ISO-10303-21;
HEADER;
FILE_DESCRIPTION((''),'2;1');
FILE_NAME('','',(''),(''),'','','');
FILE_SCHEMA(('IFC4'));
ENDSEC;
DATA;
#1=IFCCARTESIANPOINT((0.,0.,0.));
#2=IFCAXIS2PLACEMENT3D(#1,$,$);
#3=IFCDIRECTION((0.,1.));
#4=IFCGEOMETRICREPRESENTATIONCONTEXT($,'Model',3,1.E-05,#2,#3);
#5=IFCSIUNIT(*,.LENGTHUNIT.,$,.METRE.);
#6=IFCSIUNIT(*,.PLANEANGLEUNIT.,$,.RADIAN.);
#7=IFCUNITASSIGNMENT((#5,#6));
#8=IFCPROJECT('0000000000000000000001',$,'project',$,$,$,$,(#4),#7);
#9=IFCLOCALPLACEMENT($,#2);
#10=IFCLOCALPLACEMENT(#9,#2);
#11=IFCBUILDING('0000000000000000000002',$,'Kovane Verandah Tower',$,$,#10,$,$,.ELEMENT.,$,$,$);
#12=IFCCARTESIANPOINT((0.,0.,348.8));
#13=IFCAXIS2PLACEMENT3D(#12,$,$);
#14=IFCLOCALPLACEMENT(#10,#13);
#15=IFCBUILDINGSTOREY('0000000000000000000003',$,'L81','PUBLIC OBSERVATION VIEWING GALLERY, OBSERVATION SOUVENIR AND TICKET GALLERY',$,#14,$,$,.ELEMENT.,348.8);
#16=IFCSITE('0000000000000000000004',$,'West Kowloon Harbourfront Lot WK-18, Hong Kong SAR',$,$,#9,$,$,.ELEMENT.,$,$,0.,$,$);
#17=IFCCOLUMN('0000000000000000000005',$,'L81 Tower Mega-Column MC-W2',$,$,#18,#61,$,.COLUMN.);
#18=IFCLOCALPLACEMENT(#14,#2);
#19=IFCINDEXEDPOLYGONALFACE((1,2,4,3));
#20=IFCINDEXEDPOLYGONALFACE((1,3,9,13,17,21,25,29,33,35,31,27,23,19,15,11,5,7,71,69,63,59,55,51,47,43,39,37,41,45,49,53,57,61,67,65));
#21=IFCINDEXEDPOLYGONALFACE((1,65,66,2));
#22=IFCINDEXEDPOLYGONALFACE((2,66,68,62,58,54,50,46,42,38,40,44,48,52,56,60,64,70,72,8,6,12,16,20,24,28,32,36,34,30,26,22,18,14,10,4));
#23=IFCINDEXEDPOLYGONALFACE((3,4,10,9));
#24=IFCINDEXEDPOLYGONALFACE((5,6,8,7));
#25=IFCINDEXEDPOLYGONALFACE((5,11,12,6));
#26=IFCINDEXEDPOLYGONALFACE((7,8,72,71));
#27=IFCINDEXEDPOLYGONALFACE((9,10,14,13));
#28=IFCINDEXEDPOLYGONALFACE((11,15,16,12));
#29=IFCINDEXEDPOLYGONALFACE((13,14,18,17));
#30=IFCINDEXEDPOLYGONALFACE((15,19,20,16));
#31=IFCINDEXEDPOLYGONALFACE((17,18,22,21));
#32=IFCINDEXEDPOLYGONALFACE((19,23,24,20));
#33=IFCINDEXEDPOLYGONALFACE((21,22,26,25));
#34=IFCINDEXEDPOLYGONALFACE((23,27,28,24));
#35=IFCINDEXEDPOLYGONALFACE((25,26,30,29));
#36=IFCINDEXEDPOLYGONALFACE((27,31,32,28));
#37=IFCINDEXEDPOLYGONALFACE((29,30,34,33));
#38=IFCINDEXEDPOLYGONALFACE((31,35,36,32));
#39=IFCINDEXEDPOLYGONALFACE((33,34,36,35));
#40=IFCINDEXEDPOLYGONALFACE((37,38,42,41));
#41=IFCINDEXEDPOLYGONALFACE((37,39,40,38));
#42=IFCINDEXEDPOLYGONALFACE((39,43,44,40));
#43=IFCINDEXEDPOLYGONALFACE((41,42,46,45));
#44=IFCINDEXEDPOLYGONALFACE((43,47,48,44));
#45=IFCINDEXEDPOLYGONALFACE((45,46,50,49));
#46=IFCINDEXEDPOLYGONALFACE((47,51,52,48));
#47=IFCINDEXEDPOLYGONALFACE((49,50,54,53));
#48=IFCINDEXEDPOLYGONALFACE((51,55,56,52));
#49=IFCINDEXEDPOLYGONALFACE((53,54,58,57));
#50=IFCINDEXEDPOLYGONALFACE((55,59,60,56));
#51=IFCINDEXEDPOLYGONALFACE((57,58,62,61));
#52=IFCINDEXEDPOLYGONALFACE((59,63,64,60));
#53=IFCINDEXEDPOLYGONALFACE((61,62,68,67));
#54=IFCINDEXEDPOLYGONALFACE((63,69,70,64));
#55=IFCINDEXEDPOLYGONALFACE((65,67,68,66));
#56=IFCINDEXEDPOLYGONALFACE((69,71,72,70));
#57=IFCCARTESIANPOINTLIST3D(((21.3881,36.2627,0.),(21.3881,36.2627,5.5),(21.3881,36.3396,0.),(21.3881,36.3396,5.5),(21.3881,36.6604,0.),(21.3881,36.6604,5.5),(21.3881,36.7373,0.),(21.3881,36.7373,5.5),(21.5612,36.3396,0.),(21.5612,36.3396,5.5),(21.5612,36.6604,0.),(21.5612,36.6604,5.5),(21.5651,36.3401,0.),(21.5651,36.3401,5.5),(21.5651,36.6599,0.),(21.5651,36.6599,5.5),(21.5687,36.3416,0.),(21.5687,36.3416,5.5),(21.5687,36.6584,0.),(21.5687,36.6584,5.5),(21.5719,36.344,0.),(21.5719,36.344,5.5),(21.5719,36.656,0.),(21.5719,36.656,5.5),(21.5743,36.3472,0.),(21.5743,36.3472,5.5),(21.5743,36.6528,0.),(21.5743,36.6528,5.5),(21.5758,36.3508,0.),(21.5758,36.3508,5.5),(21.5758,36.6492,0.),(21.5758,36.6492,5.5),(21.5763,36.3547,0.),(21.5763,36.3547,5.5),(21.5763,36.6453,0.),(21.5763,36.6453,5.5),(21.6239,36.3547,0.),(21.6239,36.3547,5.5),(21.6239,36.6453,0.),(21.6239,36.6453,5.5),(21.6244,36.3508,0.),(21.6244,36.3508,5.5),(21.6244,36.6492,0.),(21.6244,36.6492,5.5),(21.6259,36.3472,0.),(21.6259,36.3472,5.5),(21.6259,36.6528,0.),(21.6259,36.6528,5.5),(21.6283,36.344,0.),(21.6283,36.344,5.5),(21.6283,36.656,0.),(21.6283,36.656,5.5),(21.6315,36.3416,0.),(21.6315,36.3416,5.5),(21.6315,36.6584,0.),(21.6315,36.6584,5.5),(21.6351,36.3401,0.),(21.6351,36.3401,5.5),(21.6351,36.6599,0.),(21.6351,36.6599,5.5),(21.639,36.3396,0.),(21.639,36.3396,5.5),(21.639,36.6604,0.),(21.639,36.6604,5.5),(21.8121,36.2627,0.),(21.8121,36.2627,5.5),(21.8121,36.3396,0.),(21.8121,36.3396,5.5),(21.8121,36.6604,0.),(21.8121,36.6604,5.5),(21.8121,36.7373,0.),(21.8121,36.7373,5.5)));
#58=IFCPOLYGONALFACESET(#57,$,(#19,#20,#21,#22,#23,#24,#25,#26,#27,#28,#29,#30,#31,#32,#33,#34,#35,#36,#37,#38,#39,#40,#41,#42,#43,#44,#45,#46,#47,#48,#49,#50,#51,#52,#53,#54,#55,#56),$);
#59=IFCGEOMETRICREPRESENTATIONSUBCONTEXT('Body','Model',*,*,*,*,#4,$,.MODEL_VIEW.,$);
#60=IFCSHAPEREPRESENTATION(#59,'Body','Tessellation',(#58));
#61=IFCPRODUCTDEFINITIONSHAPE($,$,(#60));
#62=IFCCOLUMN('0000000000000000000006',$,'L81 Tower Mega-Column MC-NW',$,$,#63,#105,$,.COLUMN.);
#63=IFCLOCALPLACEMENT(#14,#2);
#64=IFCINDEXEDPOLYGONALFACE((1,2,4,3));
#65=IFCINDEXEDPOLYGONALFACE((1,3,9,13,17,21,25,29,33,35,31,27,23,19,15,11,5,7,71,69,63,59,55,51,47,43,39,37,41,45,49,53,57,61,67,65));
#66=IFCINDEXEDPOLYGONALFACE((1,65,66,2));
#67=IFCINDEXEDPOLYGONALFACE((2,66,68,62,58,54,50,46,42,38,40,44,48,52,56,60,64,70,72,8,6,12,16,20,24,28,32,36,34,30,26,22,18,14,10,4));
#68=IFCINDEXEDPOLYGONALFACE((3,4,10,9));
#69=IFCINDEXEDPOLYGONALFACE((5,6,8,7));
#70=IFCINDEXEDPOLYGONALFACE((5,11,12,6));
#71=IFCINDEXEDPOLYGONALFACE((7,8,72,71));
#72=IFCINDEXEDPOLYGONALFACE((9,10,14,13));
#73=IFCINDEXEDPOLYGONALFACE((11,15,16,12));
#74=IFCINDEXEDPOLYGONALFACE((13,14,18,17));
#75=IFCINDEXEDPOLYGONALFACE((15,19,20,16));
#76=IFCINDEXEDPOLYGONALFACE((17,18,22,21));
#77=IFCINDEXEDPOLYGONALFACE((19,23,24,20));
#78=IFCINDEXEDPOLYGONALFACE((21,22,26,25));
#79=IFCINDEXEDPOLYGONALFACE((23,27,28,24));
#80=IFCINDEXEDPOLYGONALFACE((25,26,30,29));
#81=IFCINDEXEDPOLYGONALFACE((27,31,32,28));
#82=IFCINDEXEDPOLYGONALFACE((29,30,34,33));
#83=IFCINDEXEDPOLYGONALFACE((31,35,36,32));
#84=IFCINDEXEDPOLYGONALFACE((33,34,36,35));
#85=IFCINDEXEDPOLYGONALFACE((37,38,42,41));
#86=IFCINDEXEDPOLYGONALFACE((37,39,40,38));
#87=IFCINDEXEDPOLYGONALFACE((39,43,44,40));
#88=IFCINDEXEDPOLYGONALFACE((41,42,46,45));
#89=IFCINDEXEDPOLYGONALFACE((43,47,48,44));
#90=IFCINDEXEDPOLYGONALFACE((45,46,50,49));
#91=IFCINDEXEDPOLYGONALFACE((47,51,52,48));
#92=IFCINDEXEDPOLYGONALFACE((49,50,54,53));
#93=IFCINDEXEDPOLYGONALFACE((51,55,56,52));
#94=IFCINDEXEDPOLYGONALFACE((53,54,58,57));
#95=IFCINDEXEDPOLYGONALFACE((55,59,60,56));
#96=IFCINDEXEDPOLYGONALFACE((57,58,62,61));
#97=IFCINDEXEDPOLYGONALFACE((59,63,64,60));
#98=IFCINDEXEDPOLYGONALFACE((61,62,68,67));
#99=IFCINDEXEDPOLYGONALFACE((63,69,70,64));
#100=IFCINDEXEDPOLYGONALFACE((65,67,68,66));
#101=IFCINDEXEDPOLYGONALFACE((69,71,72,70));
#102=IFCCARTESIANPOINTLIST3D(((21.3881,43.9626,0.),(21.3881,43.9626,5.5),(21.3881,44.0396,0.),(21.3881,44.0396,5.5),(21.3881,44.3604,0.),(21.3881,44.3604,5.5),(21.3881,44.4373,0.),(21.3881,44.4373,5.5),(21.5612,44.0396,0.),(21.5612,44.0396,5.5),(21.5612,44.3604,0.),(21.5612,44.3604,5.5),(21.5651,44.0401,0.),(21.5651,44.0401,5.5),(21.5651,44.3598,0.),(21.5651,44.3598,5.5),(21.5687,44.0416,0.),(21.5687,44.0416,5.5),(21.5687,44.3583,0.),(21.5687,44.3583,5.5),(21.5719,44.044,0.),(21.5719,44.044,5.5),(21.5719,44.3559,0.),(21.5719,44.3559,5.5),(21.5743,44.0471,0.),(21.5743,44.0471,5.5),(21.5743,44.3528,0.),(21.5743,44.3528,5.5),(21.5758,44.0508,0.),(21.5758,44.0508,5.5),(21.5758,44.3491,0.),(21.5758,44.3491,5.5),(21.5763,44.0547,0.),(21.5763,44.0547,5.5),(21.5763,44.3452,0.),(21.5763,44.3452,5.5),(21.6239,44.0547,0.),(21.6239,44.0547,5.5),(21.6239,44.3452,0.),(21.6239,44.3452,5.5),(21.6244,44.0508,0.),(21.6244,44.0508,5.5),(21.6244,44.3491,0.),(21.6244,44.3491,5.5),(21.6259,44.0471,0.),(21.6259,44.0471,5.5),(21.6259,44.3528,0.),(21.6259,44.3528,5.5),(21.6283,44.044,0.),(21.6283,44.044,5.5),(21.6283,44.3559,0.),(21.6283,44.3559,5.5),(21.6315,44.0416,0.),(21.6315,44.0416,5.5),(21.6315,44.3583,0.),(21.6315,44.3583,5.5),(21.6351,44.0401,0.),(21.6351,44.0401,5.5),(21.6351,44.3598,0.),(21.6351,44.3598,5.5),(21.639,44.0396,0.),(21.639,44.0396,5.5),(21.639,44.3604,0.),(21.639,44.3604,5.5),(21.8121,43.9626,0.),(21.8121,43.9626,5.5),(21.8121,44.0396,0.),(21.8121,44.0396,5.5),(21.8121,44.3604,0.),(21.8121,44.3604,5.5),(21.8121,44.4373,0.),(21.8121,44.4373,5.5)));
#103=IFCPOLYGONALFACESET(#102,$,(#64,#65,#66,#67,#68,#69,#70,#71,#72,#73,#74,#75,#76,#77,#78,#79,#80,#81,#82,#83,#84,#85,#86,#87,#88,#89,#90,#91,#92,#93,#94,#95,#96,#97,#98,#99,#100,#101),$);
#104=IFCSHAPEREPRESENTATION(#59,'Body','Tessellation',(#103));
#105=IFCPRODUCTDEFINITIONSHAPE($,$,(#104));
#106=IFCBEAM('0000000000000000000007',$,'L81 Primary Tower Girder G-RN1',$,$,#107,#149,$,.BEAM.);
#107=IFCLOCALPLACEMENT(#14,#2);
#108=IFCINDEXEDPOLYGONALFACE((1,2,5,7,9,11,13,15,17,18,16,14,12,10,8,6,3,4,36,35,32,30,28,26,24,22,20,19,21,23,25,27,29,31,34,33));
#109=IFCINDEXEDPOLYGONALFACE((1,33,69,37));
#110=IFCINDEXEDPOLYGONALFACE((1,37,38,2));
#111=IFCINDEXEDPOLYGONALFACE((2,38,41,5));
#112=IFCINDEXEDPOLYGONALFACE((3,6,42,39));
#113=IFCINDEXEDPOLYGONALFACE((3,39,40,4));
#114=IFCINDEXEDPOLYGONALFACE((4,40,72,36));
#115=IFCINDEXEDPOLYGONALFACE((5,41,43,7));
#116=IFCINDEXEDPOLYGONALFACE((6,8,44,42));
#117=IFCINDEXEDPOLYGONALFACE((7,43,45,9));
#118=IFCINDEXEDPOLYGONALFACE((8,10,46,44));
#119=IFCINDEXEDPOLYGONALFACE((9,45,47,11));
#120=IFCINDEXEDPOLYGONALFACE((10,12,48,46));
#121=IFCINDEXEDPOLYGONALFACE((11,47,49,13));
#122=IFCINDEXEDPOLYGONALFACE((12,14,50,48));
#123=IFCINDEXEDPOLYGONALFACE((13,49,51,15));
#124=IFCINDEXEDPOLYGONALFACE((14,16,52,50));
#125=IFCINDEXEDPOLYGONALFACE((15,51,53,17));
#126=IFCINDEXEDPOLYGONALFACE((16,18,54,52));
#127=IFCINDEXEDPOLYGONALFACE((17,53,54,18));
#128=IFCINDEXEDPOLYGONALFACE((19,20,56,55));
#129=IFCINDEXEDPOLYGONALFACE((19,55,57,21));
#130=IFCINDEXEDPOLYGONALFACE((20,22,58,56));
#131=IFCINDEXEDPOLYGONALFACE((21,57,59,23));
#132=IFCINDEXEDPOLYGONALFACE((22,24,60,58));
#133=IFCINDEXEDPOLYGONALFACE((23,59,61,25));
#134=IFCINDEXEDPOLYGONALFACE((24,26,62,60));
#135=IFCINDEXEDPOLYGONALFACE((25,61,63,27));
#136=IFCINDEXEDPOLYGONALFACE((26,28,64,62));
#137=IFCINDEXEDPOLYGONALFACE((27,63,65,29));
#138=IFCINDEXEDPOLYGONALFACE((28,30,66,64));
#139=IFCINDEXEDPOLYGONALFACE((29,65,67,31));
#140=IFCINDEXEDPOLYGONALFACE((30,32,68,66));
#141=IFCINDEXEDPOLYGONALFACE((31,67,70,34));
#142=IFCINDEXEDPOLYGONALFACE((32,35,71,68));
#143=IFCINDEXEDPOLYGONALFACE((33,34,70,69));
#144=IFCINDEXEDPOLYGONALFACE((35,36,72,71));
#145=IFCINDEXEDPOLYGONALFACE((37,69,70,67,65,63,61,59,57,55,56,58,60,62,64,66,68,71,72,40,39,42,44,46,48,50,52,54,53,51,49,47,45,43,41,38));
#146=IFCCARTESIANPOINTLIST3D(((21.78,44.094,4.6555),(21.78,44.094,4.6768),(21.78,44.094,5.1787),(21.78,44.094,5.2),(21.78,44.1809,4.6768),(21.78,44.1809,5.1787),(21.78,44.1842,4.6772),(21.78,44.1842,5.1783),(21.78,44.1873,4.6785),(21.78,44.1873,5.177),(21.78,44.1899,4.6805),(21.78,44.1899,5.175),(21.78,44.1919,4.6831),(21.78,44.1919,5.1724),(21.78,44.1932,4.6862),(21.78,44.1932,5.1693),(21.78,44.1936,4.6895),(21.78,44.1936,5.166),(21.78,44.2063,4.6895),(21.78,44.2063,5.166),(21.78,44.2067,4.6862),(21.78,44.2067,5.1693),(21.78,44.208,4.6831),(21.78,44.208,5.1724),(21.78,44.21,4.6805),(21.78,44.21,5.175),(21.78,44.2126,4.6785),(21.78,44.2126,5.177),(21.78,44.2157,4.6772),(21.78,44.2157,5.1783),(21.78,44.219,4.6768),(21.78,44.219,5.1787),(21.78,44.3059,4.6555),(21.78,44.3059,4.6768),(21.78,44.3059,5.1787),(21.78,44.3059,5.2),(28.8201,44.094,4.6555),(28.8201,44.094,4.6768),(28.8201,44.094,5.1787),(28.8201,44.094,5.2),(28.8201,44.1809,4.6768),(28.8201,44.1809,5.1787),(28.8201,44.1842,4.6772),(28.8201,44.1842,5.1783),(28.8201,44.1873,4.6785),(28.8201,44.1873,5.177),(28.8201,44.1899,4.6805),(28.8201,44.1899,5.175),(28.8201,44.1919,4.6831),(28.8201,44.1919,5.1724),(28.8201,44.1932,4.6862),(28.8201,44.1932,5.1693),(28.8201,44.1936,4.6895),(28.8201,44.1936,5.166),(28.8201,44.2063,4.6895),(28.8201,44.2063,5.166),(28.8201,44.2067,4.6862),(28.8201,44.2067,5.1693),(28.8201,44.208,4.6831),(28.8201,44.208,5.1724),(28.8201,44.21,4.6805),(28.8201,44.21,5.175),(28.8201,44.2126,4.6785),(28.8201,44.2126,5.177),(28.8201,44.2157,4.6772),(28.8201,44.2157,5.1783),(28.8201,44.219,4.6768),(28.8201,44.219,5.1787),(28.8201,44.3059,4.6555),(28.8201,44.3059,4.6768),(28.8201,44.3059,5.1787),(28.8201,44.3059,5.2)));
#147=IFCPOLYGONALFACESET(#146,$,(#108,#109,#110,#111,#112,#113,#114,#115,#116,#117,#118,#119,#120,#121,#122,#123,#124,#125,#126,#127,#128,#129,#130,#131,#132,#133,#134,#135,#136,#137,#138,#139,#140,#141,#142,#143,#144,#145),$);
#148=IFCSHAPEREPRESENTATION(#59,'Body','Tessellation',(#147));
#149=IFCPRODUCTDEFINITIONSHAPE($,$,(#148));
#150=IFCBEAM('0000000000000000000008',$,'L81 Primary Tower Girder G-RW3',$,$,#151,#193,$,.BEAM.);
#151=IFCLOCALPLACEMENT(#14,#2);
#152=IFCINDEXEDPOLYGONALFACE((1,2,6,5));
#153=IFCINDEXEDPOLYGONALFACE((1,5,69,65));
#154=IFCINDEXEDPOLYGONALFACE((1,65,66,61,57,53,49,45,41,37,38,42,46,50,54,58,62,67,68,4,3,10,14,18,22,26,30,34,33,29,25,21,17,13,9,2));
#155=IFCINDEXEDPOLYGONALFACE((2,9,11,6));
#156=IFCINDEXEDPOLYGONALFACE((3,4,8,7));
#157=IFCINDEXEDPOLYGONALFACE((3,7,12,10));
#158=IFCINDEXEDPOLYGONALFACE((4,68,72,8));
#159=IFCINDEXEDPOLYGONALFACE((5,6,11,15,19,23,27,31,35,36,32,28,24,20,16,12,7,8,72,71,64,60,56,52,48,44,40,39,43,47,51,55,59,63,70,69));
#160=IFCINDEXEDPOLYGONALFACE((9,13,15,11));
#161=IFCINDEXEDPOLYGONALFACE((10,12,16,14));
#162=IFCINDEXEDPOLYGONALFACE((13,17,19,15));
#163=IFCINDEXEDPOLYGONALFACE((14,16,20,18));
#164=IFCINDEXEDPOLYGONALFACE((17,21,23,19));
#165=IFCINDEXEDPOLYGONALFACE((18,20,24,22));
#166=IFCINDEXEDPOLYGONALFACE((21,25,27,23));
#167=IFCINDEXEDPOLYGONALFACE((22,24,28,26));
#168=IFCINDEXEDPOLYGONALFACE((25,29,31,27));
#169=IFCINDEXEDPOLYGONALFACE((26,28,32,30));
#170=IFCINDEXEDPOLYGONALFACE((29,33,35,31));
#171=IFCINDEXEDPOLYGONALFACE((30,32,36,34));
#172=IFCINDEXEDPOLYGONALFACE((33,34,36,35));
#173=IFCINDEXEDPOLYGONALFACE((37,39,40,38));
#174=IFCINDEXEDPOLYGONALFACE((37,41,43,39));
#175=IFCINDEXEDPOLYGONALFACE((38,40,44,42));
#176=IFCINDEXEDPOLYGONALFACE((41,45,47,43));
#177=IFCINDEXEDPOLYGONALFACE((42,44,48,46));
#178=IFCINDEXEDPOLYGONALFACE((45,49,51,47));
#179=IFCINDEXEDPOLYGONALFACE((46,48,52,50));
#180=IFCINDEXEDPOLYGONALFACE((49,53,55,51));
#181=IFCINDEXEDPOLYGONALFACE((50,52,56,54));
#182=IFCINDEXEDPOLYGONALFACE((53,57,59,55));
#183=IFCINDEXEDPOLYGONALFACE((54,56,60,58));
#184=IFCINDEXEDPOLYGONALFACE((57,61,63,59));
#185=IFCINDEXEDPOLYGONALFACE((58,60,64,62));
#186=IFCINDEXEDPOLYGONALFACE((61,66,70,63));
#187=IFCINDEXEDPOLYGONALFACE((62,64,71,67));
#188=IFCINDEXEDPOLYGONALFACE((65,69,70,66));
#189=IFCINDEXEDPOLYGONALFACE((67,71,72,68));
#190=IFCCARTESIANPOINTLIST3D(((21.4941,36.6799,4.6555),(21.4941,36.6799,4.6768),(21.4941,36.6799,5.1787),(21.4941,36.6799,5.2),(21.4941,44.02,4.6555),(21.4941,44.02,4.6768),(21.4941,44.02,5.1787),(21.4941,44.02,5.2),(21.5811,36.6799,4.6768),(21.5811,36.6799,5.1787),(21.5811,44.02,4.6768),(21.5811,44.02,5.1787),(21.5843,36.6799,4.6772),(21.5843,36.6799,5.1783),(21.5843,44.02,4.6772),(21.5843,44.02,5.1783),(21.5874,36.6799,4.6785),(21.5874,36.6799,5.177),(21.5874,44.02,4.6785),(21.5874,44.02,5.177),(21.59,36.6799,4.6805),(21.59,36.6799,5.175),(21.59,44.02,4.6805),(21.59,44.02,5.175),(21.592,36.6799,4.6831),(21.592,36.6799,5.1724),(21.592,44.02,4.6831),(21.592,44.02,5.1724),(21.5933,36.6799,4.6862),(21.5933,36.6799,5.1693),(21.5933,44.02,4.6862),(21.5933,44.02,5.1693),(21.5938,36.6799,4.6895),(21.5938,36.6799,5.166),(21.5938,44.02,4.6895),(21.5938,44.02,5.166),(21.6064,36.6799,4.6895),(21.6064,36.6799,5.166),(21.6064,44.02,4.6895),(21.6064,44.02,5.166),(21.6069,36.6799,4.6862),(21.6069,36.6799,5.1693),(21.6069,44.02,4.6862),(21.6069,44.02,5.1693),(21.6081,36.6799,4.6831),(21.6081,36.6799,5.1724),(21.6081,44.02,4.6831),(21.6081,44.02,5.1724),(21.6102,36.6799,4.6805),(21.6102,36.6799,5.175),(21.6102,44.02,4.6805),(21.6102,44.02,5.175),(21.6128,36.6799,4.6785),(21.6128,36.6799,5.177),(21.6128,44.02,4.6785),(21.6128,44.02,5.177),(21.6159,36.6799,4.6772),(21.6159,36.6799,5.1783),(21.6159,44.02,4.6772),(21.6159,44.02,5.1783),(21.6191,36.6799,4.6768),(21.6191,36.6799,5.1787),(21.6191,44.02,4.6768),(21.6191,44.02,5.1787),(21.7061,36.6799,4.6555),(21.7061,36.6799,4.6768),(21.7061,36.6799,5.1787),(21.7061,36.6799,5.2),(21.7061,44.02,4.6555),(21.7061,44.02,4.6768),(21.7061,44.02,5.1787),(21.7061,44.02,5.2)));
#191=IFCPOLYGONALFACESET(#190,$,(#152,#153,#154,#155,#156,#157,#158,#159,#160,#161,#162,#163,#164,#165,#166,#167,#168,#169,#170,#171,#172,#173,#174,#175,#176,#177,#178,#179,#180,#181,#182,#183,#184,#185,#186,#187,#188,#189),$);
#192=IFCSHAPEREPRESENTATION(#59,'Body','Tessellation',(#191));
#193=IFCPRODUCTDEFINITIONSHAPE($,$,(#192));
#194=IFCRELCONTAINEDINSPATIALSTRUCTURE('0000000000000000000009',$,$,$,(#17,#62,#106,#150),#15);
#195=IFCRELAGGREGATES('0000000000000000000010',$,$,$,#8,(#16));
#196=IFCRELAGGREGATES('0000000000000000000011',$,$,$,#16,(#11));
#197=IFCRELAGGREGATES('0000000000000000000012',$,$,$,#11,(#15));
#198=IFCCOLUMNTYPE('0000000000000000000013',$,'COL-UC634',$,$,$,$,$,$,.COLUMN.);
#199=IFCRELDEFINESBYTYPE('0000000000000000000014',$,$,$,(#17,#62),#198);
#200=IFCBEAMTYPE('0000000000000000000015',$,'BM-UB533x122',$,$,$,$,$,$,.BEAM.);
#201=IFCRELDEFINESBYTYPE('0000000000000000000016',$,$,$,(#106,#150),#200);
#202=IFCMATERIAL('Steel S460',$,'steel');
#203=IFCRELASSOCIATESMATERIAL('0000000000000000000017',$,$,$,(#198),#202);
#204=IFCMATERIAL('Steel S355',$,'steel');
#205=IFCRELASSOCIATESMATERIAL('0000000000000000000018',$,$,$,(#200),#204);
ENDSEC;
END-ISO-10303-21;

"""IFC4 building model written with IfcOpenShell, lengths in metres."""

from ifc_helpers import new_model, si_unit, direction, frame, origin, origin_2d, place, context, subcontext, project, spatial, i_section, extrude, material, material_profile, profile_set, type_object, element, save


model = new_model("IFC4")

# Units and contexts
model_context = context("Model", 3, precision=1e-05, world=origin(), true_north=direction((0.0, 1.0)))
body_context = subcontext(model_context, "Body", "Model", "MODEL_VIEW")
ifc_project = project(units=[si_unit("LENGTHUNIT", "METRE"), si_unit("PLANEANGLEUNIT", "RADIAN")], contexts=[model_context])

# Site, building, storey
site_placement = place(None, origin())
site = spatial("IfcSite", under=ifc_project, at=site_placement, Name="West Kowloon Harbourfront Lot WK-18, Hong Kong SAR", CompositionType="ELEMENT", RefElevation=0.0)
building_placement = place(site_placement, origin())
building = spatial("IfcBuilding", under=site, at=building_placement, Name="Kovane Verandah Tower", CompositionType="ELEMENT")
storey_placement = place(building_placement, frame((0.0, 0.0, 348.8)))
storey = spatial("IfcBuildingStorey", under=building, at=storey_placement, Name="L81", Description="PUBLIC OBSERVATION VIEWING GALLERY, OBSERVATION SOUVENIR AND TICKET GALLERY", CompositionType="ELEMENT", Elevation=348.8)

# Columns
ifc_material_1 = material(Name="Steel S460", Category="steel")
ifc_material_profile_1 = material_profile(ifc_material_1, i_section(OverallWidth=0.4241, OverallDepth=0.4746, WebThickness=0.0476, FlangeThickness=0.0769, FilletRadius=0.0151, at=origin_2d()), Name="UC356x406x634")
ifc_profile_set_1 = profile_set([ifc_material_profile_1], Name="Steel S460")
column_type = type_object("IfcColumnType", Name="COL-UC634", PredefinedType="COLUMN", material=ifc_profile_set_1)
for number, where, z_axis, x_axis, name in (
    (1, (21.6001, 36.5, 0.0), (0.0, 0.0, 1.0), (1.0, 0.0, 0.0), "L81 Tower Mega-Column MC-W2"),
    (2, (21.6001, 44.2, 0.0), (0.0, 0.0, 1.0), (1.0, 0.0, 0.0), "L81 Tower Mega-Column MC-NW"),
):
    element("IfcColumn", number, at=place(storey_placement, frame(where, z_axis=z_axis, x_axis=x_axis)), inside=storey, type_object=column_type, Name=name, PredefinedType="COLUMN", context=body_context, shape_type="SweptSolid", body=[
        extrude(i_section(OverallWidth=0.4241, OverallDepth=0.4746, WebThickness=0.0476, FlangeThickness=0.0769, FilletRadius=0.0151, at=origin_2d()), origin(), (0.0, 0.0, 1.0), 5.5),
    ])

# Beams
ifc_material_2 = material(Name="Steel S355", Category="steel")
ifc_material_profile_2 = material_profile(ifc_material_2, i_section(OverallWidth=0.2119, OverallDepth=0.5444, WebThickness=0.0127, FlangeThickness=0.0212, FilletRadius=0.0127, at=origin_2d()), Name="UB533x210x122")
ifc_profile_set_2 = profile_set([ifc_material_profile_2], Name="Steel S355")
beam_type_1 = type_object("IfcBeamType", Name="BM-UB533x122", PredefinedType="BEAM", material=ifc_profile_set_2)
beam_1_placement = place(storey_placement, frame((21.78, 44.2, 4.9277), z_axis=(1.0, 0.0, 0.0), x_axis=(0.0, 1.0, 0.0)))
element("IfcBeam", 3, at=beam_1_placement, inside=storey, type_object=beam_type_1, Name="L81 Primary Tower Girder G-RN1", PredefinedType="BEAM", context=body_context, shape_type="SweptSolid", body=[
    extrude(i_section(OverallWidth=0.2119, OverallDepth=0.5444, WebThickness=0.0127, FlangeThickness=0.0212, FilletRadius=0.0127, at=origin_2d()), origin(), (0.0, 0.0, 1.0), 7.04),
])
beam_2_placement = place(storey_placement, frame((21.6001, 36.6799, 4.9277), z_axis=(0.0, 1.0, 0.0), x_axis=(-1.0, 0.0, 0.0)))
element("IfcBeam", 4, at=beam_2_placement, inside=storey, type_object=beam_type_1, Name="L81 Primary Tower Girder G-RW3", PredefinedType="BEAM", context=body_context, shape_type="SweptSolid", body=[
    extrude(i_section(OverallWidth=0.2119, OverallDepth=0.5444, WebThickness=0.0127, FlangeThickness=0.0212, FilletRadius=0.0127, at=origin_2d()), origin(), (0.0, 0.0, 1.0), 7.3401),
])

save(model, "model.ifc")
